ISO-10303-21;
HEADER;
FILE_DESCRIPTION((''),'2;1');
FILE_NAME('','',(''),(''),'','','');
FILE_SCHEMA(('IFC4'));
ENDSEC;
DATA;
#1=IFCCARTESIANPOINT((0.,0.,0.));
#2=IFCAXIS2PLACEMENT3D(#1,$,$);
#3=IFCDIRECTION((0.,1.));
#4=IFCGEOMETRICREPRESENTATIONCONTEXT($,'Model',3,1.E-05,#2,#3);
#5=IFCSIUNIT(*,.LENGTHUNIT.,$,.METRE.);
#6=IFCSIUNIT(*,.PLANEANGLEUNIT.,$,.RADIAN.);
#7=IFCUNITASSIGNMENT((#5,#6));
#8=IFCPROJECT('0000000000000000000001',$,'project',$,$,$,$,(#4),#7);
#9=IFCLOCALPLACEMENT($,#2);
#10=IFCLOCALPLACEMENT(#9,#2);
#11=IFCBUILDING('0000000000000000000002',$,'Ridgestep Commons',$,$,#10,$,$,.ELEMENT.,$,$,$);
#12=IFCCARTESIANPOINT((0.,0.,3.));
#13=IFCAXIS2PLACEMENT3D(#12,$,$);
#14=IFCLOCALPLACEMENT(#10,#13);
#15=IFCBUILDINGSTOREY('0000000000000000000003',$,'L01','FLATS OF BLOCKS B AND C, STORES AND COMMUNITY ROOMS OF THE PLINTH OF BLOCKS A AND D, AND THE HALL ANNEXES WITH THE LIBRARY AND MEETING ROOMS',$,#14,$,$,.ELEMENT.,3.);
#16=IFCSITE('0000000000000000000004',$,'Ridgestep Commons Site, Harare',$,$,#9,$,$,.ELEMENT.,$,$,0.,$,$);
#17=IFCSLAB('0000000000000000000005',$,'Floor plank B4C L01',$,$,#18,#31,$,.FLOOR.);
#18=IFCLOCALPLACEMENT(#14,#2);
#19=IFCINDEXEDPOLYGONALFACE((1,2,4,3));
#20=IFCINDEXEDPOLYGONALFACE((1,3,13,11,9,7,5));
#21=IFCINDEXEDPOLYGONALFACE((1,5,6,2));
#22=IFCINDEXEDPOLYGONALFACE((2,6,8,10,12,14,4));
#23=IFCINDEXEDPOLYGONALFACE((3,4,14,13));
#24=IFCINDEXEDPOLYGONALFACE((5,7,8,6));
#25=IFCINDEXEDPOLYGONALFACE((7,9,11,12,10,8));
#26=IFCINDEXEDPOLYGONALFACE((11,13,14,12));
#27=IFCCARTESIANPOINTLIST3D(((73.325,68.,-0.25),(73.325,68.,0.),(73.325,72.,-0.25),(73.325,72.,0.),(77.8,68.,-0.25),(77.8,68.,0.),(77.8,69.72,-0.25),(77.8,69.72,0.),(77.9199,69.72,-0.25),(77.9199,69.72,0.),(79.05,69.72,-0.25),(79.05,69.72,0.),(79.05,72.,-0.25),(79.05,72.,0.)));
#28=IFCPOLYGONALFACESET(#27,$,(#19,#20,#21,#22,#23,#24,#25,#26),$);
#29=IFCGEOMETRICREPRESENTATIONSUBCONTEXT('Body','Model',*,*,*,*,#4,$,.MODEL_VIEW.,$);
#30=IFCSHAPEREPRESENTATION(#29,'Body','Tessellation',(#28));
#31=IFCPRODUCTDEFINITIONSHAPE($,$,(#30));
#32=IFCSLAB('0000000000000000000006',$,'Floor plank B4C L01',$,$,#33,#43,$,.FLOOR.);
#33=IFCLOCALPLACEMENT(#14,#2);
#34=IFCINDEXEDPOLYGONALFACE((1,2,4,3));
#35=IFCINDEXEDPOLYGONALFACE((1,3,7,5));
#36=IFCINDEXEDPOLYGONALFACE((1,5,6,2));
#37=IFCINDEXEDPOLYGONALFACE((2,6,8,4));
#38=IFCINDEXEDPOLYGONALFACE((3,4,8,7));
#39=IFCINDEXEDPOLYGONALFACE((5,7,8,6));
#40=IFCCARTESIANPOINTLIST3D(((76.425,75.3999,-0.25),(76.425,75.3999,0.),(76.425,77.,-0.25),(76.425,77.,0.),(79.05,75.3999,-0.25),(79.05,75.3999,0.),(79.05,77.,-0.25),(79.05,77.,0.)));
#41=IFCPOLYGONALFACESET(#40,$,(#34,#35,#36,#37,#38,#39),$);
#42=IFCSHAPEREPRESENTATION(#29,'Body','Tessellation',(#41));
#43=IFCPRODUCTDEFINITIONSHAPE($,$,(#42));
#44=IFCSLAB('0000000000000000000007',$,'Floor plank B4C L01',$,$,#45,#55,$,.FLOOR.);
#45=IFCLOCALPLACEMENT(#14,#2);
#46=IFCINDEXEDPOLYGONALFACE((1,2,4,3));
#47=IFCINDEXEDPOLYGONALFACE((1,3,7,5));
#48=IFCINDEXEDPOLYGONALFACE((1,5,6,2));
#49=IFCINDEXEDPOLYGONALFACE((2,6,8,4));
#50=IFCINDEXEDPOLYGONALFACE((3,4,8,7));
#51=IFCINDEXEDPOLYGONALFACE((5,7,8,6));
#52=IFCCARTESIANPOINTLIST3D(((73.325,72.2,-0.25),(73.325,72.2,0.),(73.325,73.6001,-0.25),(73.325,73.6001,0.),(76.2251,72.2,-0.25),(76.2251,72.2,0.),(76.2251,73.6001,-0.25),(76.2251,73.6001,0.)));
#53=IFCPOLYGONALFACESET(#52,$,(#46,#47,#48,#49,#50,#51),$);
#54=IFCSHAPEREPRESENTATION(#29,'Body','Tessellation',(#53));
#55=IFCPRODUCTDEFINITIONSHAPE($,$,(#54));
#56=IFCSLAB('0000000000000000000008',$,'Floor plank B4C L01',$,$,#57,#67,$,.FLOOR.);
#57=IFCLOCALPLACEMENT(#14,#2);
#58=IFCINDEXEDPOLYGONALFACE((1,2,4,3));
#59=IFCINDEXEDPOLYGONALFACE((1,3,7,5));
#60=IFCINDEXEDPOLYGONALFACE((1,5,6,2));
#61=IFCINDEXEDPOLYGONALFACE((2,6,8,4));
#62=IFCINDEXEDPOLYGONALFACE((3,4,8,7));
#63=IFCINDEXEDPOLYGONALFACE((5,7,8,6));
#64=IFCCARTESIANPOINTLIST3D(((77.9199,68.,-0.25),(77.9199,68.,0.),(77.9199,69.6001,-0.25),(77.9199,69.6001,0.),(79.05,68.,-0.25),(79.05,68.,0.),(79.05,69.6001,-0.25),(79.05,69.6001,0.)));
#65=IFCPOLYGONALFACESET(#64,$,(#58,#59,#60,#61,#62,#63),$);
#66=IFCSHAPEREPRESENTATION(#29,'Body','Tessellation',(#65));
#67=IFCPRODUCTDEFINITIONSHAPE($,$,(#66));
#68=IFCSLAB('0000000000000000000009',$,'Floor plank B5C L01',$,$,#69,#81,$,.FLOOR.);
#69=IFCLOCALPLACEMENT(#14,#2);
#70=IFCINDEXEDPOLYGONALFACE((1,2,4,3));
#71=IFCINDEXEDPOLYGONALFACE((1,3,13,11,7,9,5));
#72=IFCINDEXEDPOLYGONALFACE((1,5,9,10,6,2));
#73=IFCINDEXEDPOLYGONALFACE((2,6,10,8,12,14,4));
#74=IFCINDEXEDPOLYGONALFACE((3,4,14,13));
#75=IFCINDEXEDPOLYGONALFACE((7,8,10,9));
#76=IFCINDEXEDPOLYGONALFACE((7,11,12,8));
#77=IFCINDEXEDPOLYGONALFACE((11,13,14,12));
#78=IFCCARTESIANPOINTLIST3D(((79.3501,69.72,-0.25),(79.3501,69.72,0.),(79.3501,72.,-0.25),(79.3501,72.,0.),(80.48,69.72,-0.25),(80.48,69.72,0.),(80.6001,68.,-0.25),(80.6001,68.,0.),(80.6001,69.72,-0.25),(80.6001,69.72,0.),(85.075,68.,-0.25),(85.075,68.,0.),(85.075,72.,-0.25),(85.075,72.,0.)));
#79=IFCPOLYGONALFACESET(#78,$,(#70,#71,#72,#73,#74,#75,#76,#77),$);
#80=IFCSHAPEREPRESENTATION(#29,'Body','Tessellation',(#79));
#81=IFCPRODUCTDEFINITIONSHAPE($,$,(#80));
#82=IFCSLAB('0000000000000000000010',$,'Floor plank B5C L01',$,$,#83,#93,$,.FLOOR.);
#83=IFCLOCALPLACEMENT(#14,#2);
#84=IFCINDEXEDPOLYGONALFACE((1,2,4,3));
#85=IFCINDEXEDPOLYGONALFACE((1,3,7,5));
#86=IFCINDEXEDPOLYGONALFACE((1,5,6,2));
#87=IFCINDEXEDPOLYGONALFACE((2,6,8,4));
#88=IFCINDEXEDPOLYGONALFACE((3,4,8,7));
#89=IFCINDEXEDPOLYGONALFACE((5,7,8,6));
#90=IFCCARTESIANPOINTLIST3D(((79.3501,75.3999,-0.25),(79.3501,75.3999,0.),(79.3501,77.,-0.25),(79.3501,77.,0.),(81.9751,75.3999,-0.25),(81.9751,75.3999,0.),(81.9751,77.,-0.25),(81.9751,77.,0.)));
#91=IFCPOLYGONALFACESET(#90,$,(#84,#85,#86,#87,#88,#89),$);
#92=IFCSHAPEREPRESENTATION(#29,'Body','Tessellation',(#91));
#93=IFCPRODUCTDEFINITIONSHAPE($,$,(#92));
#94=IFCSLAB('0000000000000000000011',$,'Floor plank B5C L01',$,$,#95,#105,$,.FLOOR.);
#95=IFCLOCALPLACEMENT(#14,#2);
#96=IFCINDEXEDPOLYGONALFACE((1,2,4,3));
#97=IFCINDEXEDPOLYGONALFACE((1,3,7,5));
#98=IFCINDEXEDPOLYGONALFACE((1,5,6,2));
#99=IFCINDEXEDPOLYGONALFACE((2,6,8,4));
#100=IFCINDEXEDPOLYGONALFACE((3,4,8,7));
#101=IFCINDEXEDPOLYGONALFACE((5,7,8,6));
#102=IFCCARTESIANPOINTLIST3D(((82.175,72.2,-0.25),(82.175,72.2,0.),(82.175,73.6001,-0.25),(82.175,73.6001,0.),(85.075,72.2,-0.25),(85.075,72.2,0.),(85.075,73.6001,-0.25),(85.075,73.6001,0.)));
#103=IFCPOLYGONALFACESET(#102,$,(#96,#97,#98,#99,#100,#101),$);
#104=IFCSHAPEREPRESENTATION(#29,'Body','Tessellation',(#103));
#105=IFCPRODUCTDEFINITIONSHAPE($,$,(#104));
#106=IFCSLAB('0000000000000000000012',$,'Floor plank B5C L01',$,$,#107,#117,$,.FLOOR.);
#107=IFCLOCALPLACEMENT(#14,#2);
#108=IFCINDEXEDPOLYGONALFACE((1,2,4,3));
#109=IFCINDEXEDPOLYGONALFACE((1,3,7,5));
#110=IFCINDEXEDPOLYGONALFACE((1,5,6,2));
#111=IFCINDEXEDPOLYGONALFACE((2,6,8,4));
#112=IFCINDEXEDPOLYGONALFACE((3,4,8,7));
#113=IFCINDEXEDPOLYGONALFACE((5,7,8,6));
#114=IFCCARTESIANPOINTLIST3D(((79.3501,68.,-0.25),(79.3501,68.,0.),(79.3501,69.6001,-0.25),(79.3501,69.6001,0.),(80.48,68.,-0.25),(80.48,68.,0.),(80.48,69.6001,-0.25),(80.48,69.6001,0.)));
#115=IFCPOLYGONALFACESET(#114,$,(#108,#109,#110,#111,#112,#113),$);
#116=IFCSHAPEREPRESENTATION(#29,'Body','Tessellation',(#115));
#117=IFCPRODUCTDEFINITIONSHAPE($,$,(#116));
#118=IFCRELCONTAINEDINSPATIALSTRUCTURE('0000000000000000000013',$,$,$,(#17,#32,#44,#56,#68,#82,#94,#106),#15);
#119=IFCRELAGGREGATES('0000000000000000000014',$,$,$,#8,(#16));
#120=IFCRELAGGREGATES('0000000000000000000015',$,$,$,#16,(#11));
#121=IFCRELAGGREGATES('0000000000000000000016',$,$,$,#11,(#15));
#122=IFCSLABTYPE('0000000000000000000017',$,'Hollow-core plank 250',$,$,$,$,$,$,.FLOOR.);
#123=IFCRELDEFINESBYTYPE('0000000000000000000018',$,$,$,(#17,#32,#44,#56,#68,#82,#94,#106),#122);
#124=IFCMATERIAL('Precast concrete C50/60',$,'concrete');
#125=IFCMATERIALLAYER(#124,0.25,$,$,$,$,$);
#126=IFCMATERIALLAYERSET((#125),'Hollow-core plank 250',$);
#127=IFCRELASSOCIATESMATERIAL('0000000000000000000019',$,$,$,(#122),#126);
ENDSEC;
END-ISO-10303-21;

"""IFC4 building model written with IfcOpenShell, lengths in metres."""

from ifc_helpers import new_model, si_unit, direction, frame, origin, place, context, subcontext, project, spatial, polyline, outline, extrude, material, layer, layer_set, type_object, element, save


model = new_model("IFC4")

# Units and contexts
model_context = context("Model", 3, precision=1e-05, world=origin(), true_north=direction((0.0, 1.0)))
body_context = subcontext(model_context, "Body", "Model", "MODEL_VIEW")
ifc_project = project(units=[si_unit("LENGTHUNIT", "METRE"), si_unit("PLANEANGLEUNIT", "RADIAN")], contexts=[model_context])

# Site, building, storey
site_placement = place(None, origin())
site = spatial("IfcSite", under=ifc_project, at=site_placement, Name="Ridgestep Commons Site, Harare", CompositionType="ELEMENT", RefElevation=0.0)
building_placement = place(site_placement, origin())
building = spatial("IfcBuilding", under=site, at=building_placement, Name="Ridgestep Commons", CompositionType="ELEMENT")
storey_placement = place(building_placement, frame((0.0, 0.0, 3.0)))
storey = spatial("IfcBuildingStorey", under=building, at=storey_placement, Name="L01", Description="FLATS OF BLOCKS B AND C, STORES AND COMMUNITY ROOMS OF THE PLINTH OF BLOCKS A AND D, AND THE HALL ANNEXES WITH THE LIBRARY AND MEETING ROOMS", CompositionType="ELEMENT", Elevation=3.0)

# Slabs
ifc_material = material(Name="Precast concrete C50/60", Category="concrete")
ifc_layer = layer(ifc_material, 0.25)
ifc_layer_set = layer_set([ifc_layer], Name="Hollow-core plank 250")
slab_type = type_object("IfcSlabType", Name="Hollow-core plank 250", PredefinedType="FLOOR", material=ifc_layer_set)
slab_1_placement = place(storey_placement, frame((0.0, 0.0, -0.25)))
element("IfcSlab", 1, at=slab_1_placement, inside=storey, type_object=slab_type, Name="Floor plank B4C L01", PredefinedType="FLOOR", context=body_context, shape_type="SweptSolid", body=[
    extrude(outline(polyline([(77.9199, 69.72), (79.05, 69.72), (79.05, 72.0), (73.325, 72.0), (73.325, 68.0), (77.8, 68.0), (77.8, 69.72), (77.9199, 69.72)])), origin(), (0.0, 0.0, 1.0), 0.25),
])
slab_2_placement = place(storey_placement, frame((0.0, 0.0, -0.25)))
element("IfcSlab", 2, at=slab_2_placement, inside=storey, type_object=slab_type, Name="Floor plank B4C L01", PredefinedType="FLOOR", context=body_context, shape_type="SweptSolid", body=[
    extrude(outline(polyline([(79.05, 75.3999), (79.05, 77.0), (76.425, 77.0), (76.425, 75.3999), (79.05, 75.3999)])), origin(), (0.0, 0.0, 1.0), 0.25),
])
slab_3_placement = place(storey_placement, frame((0.0, 0.0, -0.25)))
element("IfcSlab", 3, at=slab_3_placement, inside=storey, type_object=slab_type, Name="Floor plank B4C L01", PredefinedType="FLOOR", context=body_context, shape_type="SweptSolid", body=[
    extrude(outline(polyline([(76.2251, 72.2), (76.2251, 73.6001), (73.325, 73.6001), (73.325, 72.2), (76.2251, 72.2)])), origin(), (0.0, 0.0, 1.0), 0.25),
])
slab_4_placement = place(storey_placement, frame((0.0, 0.0, -0.25)))
element("IfcSlab", 4, at=slab_4_placement, inside=storey, type_object=slab_type, Name="Floor plank B4C L01", PredefinedType="FLOOR", context=body_context, shape_type="SweptSolid", body=[
    extrude(outline(polyline([(77.9199, 68.0), (79.05, 68.0), (79.05, 69.6001), (77.9199, 69.6001), (77.9199, 68.0)])), origin(), (0.0, 0.0, 1.0), 0.25),
])
slab_5_placement = place(storey_placement, frame((0.0, 0.0, -0.25)))
element("IfcSlab", 5, at=slab_5_placement, inside=storey, type_object=slab_type, Name="Floor plank B5C L01", PredefinedType="FLOOR", context=body_context, shape_type="SweptSolid", body=[
    extrude(outline(polyline([(80.6001, 68.0), (85.075, 68.0), (85.075, 72.0), (79.3501, 72.0), (79.3501, 69.72), (80.48, 69.72), (80.6001, 69.72), (80.6001, 68.0)])), origin(), (0.0, 0.0, 1.0), 0.25),
])
slab_6_placement = place(storey_placement, frame((0.0, 0.0, -0.25)))
element("IfcSlab", 6, at=slab_6_placement, inside=storey, type_object=slab_type, Name="Floor plank B5C L01", PredefinedType="FLOOR", context=body_context, shape_type="SweptSolid", body=[
    extrude(outline(polyline([(81.9751, 77.0), (79.3501, 77.0), (79.3501, 75.3999), (81.9751, 75.3999), (81.9751, 77.0)])), origin(), (0.0, 0.0, 1.0), 0.25),
])
slab_7_placement = place(storey_placement, frame((0.0, 0.0, -0.25)))
element("IfcSlab", 7, at=slab_7_placement, inside=storey, type_object=slab_type, Name="Floor plank B5C L01", PredefinedType="FLOOR", context=body_context, shape_type="SweptSolid", body=[
    extrude(outline(polyline([(85.075, 72.2), (85.075, 73.6001), (82.175, 73.6001), (82.175, 72.2), (85.075, 72.2)])), origin(), (0.0, 0.0, 1.0), 0.25),
])
slab_8_placement = place(storey_placement, frame((0.0, 0.0, -0.25)))
element("IfcSlab", 8, at=slab_8_placement, inside=storey, type_object=slab_type, Name="Floor plank B5C L01", PredefinedType="FLOOR", context=body_context, shape_type="SweptSolid", body=[
    extrude(outline(polyline([(80.48, 69.6001), (79.3501, 69.6001), (79.3501, 68.0), (80.48, 68.0), (80.48, 69.6001)])), origin(), (0.0, 0.0, 1.0), 0.25),
])

save(model, "model.ifc")
